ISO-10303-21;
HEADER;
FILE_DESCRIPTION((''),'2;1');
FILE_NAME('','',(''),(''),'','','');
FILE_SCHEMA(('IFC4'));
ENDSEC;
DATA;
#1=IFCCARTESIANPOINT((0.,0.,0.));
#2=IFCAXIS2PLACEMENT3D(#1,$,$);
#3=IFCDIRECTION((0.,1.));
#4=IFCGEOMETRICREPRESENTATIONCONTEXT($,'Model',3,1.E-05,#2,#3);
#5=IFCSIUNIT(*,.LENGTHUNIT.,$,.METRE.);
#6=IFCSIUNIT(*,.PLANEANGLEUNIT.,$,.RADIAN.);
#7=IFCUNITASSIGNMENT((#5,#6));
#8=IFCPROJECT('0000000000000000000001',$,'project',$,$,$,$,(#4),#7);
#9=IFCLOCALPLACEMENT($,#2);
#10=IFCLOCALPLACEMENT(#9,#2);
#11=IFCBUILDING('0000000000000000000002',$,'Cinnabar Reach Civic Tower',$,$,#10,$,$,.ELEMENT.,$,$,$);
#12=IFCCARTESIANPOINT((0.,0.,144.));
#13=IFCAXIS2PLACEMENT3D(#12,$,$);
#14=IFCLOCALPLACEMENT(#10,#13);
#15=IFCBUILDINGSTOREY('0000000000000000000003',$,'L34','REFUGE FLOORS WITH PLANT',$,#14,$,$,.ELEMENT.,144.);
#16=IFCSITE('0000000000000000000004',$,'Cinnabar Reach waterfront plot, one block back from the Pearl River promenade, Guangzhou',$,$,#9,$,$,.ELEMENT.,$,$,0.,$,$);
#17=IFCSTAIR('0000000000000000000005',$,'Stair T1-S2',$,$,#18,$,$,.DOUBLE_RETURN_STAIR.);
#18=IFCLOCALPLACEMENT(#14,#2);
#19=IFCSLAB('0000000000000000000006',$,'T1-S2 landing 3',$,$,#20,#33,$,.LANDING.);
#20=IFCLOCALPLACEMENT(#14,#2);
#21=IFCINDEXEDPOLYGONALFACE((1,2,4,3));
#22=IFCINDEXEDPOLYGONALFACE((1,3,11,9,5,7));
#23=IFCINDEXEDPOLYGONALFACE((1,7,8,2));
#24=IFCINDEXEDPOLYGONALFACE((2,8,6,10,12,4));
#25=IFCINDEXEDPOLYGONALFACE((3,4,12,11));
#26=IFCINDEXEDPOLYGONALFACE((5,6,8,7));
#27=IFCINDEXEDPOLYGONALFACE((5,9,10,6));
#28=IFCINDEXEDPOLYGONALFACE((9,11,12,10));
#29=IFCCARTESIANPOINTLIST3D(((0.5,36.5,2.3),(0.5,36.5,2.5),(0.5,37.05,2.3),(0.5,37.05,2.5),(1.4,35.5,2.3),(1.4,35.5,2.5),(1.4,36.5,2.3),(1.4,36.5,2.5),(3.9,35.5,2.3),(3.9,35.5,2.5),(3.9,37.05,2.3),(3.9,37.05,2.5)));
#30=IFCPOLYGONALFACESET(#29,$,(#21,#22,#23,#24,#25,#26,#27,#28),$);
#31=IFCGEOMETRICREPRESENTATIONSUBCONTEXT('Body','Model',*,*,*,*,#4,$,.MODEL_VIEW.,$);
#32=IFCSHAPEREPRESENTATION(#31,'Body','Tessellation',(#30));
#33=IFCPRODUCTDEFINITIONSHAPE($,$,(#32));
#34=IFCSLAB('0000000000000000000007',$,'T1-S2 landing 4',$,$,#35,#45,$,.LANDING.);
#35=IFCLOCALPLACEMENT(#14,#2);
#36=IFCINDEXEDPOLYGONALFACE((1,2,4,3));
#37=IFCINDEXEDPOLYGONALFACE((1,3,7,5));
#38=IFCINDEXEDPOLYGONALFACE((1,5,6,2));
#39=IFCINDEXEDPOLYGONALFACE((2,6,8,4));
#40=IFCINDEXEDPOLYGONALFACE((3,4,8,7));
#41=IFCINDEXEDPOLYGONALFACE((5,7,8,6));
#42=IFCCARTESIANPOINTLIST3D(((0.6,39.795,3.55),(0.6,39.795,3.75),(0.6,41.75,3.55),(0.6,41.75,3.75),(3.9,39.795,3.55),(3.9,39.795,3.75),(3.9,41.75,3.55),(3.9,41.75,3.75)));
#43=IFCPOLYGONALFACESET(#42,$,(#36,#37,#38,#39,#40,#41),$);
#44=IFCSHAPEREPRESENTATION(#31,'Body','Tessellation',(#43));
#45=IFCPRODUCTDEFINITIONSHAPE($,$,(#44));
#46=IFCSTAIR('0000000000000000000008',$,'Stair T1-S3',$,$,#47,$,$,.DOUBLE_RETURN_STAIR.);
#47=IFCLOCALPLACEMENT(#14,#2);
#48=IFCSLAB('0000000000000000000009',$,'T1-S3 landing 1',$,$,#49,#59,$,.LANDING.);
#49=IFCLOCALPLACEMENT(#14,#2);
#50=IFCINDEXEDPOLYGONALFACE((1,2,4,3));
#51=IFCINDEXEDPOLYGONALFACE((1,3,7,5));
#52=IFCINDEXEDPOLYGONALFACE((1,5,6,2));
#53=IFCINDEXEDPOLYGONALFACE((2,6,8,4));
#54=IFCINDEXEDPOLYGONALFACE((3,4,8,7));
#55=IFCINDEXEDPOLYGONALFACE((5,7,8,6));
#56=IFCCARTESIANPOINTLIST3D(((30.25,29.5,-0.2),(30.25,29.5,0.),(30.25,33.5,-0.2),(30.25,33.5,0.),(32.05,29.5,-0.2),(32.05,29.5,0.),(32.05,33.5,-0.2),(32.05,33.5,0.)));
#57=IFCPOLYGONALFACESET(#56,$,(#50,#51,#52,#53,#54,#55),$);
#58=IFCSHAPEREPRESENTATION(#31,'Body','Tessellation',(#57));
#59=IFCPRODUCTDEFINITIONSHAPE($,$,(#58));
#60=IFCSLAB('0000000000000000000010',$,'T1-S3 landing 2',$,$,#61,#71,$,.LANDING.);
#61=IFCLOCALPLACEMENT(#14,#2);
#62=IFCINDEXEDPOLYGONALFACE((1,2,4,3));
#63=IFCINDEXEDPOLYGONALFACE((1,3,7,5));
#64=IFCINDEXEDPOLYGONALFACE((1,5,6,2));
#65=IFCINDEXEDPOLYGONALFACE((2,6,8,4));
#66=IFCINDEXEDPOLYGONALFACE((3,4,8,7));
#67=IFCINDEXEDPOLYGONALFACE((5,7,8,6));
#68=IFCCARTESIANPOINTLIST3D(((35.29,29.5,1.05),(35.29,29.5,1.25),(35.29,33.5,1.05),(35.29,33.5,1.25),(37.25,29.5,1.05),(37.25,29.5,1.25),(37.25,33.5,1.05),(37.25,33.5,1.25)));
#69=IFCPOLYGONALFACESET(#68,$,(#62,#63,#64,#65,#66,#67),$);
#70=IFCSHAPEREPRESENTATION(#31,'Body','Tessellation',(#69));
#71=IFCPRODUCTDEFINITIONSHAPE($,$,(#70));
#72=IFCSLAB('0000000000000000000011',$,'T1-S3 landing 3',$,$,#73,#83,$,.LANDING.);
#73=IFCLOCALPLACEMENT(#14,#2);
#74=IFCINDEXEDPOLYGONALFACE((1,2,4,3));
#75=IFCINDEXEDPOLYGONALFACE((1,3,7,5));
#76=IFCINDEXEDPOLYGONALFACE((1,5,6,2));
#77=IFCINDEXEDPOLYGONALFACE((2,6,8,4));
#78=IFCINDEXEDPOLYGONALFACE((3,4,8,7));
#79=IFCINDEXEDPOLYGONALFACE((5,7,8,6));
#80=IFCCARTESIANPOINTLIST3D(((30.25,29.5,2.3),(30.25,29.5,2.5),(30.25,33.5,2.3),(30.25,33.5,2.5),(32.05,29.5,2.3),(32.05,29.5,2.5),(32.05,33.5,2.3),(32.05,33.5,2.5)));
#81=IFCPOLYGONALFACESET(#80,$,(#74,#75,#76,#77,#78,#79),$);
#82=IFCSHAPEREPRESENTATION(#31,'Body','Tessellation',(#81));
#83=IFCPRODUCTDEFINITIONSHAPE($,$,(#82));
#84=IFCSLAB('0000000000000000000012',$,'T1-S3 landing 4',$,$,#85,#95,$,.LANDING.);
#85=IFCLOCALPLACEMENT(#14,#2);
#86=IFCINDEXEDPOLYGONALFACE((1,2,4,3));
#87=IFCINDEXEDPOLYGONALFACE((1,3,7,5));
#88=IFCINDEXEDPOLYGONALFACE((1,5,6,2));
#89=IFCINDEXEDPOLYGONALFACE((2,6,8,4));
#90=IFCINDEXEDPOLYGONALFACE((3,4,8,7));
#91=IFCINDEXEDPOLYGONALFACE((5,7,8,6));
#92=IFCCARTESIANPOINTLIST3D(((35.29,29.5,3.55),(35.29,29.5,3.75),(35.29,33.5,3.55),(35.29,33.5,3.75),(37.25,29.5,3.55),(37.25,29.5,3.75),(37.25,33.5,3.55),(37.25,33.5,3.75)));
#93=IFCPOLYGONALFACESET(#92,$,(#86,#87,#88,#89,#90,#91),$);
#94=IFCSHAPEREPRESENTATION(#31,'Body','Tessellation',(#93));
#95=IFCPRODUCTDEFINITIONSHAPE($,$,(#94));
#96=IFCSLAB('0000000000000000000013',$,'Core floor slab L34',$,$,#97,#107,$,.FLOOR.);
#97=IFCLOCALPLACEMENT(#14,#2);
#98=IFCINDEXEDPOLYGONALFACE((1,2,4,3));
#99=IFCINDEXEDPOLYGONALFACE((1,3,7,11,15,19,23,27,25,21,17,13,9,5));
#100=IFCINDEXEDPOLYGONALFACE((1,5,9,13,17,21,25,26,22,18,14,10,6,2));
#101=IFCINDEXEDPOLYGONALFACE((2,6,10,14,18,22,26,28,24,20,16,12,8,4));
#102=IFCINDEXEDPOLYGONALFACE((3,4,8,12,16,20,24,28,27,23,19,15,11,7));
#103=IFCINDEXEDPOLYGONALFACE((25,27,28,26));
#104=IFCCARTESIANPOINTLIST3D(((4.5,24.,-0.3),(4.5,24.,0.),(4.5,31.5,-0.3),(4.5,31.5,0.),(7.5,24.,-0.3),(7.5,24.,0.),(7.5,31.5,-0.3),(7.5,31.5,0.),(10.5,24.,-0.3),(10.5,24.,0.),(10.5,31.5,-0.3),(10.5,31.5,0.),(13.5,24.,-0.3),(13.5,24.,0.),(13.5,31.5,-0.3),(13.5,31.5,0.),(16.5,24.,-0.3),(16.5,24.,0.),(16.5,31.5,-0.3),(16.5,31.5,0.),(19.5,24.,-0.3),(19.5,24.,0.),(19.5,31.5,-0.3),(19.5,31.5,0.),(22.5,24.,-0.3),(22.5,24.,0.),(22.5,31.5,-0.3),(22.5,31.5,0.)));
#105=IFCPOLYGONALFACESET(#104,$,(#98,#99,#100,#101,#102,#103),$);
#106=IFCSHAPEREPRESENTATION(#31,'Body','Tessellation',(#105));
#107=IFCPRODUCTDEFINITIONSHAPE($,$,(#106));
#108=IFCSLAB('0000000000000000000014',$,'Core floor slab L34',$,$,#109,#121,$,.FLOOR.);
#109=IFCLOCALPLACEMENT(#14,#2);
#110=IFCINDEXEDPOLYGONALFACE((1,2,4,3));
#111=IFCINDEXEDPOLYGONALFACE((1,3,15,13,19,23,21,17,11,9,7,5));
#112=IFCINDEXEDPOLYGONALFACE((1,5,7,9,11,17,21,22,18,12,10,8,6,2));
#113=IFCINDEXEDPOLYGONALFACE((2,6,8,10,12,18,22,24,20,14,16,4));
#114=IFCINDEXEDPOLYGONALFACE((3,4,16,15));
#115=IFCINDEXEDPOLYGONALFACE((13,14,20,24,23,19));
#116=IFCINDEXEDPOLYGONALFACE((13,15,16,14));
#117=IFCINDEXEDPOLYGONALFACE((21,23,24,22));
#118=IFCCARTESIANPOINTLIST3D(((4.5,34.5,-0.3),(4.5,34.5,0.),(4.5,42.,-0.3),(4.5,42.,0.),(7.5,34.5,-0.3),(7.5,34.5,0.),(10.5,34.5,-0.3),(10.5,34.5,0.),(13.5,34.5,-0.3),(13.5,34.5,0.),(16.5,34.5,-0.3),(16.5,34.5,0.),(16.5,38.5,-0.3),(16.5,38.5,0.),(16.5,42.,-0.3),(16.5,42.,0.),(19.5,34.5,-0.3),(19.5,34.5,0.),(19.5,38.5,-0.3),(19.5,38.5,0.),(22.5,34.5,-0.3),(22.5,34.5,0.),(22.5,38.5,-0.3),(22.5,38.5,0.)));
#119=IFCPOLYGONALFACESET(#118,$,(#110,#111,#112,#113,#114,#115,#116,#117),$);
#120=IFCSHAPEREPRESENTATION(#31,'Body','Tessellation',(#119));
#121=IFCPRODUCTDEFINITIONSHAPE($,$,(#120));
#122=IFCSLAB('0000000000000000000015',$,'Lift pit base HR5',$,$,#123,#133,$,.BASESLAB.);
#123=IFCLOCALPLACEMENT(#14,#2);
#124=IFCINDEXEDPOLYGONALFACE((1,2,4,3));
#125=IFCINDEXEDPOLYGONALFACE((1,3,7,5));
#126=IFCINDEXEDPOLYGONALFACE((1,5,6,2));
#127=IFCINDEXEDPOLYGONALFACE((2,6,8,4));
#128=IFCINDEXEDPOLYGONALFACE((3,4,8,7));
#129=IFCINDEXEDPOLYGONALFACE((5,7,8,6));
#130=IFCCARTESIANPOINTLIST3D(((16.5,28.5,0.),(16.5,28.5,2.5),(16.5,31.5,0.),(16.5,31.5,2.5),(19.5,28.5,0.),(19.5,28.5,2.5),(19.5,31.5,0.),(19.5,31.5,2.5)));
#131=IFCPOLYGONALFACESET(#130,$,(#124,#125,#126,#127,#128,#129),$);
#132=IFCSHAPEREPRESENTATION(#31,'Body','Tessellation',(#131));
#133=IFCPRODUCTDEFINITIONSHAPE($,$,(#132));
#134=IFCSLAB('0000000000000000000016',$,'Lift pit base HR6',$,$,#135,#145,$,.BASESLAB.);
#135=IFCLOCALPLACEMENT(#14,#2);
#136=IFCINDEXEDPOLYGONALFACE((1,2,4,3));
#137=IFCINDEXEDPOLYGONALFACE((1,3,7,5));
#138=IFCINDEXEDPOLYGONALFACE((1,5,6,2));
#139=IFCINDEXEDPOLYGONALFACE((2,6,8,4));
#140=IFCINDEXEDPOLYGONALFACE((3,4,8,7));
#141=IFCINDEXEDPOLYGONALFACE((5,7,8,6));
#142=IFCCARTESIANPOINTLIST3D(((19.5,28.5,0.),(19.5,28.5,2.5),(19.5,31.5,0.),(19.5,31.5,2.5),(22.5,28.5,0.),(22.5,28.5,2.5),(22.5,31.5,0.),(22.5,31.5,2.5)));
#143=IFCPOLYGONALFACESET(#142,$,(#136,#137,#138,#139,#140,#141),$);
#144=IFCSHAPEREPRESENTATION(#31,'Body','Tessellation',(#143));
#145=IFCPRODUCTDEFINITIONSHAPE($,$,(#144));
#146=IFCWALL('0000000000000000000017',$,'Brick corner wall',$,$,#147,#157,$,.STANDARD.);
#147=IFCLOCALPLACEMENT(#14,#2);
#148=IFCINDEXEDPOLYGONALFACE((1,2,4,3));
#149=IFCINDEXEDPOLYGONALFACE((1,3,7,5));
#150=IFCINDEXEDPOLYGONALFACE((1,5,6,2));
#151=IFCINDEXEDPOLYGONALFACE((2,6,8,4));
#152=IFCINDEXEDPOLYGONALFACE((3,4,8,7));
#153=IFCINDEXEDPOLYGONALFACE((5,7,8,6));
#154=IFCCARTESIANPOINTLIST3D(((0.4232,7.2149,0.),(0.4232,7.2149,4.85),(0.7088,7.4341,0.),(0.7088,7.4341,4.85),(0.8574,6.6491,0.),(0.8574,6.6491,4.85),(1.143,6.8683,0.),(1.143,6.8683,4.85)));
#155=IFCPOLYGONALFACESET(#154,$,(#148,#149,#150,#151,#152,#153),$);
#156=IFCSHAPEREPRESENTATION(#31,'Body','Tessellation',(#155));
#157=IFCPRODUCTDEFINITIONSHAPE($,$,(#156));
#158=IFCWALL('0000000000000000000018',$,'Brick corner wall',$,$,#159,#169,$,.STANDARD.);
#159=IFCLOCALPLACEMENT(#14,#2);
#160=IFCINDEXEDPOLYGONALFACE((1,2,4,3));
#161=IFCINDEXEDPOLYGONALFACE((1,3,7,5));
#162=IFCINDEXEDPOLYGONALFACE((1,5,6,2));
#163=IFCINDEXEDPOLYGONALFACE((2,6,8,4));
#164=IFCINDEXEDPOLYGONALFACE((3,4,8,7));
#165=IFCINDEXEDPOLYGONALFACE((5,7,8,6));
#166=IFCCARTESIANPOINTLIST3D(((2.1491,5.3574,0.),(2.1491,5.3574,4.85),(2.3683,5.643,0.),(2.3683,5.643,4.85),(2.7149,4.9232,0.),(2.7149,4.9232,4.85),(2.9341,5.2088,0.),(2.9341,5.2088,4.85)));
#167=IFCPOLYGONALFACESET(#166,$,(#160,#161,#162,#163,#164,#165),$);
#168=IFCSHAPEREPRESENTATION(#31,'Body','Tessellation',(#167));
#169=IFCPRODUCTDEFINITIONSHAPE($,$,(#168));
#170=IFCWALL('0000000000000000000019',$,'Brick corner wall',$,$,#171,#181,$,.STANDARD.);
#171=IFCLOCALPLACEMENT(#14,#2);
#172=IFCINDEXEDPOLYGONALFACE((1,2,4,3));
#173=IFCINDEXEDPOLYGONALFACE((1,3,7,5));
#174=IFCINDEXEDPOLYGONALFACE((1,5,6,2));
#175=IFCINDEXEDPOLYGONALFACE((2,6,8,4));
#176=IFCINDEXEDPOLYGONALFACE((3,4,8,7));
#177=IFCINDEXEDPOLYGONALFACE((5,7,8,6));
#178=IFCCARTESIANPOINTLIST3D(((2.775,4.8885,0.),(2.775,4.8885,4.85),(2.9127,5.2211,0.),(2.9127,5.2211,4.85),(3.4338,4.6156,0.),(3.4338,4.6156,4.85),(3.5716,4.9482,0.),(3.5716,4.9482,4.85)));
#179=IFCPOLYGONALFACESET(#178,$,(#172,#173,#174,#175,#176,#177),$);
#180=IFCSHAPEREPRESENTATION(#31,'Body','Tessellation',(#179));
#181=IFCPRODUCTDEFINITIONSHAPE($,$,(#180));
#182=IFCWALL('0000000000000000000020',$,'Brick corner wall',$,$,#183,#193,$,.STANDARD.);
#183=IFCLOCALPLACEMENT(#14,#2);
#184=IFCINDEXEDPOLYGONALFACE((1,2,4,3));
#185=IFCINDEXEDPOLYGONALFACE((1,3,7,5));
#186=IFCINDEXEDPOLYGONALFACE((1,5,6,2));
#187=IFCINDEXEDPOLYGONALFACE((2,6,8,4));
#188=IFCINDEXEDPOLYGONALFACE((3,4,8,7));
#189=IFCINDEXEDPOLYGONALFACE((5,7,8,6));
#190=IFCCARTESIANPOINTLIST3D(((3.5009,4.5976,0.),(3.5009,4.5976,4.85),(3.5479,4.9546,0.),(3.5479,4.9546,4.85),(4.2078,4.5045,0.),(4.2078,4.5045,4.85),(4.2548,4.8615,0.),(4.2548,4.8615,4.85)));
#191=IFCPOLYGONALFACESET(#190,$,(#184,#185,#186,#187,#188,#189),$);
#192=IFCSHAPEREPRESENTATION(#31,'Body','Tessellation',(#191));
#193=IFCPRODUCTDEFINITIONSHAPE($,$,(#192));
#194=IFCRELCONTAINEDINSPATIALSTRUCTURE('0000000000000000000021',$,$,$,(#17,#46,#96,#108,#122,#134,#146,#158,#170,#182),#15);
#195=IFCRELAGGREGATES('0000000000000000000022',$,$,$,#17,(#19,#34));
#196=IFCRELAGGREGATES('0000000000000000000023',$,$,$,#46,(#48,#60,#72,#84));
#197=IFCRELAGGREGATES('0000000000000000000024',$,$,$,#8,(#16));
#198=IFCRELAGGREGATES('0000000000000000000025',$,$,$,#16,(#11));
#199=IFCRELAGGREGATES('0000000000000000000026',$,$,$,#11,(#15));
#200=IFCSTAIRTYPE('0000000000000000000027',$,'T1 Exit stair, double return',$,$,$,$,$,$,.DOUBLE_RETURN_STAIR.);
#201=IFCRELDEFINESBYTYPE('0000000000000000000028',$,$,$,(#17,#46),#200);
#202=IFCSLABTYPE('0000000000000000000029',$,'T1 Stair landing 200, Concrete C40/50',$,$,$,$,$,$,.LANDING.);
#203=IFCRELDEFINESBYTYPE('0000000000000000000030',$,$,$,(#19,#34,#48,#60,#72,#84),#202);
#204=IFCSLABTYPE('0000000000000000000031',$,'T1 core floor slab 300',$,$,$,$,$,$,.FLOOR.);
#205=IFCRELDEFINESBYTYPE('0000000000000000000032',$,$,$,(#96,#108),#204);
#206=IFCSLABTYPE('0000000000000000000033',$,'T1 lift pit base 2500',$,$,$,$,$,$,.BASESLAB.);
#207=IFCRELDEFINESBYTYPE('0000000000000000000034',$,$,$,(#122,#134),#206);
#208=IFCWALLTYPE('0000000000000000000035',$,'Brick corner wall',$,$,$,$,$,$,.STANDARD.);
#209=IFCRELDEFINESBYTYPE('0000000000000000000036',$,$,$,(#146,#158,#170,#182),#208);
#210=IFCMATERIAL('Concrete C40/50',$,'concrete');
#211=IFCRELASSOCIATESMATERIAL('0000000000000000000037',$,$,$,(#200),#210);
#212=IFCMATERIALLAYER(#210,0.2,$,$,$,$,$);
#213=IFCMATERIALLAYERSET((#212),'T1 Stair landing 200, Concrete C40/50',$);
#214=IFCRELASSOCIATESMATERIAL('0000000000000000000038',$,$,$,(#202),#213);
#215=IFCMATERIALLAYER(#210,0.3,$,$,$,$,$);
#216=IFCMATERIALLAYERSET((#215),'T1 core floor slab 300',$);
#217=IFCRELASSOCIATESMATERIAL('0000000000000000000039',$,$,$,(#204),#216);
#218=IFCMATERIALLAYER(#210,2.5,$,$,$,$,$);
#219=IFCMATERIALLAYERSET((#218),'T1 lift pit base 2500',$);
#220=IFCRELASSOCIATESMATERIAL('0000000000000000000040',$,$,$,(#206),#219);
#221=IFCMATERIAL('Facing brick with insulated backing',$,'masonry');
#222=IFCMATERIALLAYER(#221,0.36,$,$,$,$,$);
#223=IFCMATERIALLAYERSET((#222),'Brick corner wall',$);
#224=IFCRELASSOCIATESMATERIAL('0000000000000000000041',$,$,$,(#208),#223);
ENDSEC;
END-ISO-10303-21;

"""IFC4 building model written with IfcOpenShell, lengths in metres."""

from ifc_helpers import new_model, si_unit, direction, frame, frame_2d, origin, place, context, subcontext, project, spatial, polyline, rectangle, outline, extrude, material, layer, layer_set, type_object, element, aggregate, save


model = new_model("IFC4")

# Units and contexts
model_context = context("Model", 3, precision=1e-05, world=origin(), true_north=direction((0.0, 1.0)))
body_context = subcontext(model_context, "Body", "Model", "MODEL_VIEW")
ifc_project = project(units=[si_unit("LENGTHUNIT", "METRE"), si_unit("PLANEANGLEUNIT", "RADIAN")], contexts=[model_context])

# Site, building, storey
site_placement = place(None, origin())
site = spatial("IfcSite", under=ifc_project, at=site_placement, Name="Cinnabar Reach waterfront plot, one block back from the Pearl River promenade, Guangzhou", CompositionType="ELEMENT", RefElevation=0.0)
building_placement = place(site_placement, origin())
building = spatial("IfcBuilding", under=site, at=building_placement, Name="Cinnabar Reach Civic Tower", CompositionType="ELEMENT")
storey_placement = place(building_placement, frame((0.0, 0.0, 144.0)))
storey = spatial("IfcBuildingStorey", under=building, at=storey_placement, Name="L34", Description="REFUGE FLOORS WITH PLANT", CompositionType="ELEMENT", Elevation=144.0)

# Stairs, slabs
ifc_material_1 = material(Name="Concrete C40/50", Category="concrete")
stair_type = type_object("IfcStairType", Name="T1 Exit stair, double return", PredefinedType="DOUBLE_RETURN_STAIR", material=ifc_material_1)
ifc_layer_1 = layer(ifc_material_1, 0.2)
ifc_layer_set_1 = layer_set([ifc_layer_1], Name="T1 Stair landing 200, Concrete C40/50")
slab_type_1 = type_object("IfcSlabType", Name="T1 Stair landing 200, Concrete C40/50", PredefinedType="LANDING", material=ifc_layer_set_1)
stair_1_placement = place(storey_placement, origin())
stair_1 = element("IfcStair", 1, at=stair_1_placement, inside=storey, type_object=stair_type, Name="Stair T1-S2", PredefinedType="DOUBLE_RETURN_STAIR")
slab_1_placement = place(storey_placement, frame((0.0, 0.0, 2.3)))
slab_1 = element("IfcSlab", 2, at=slab_1_placement, type_object=slab_type_1, Name="T1-S2 landing 3", PredefinedType="LANDING", context=body_context, shape_type="SweptSolid", body=[
    extrude(outline(polyline([(0.5, 37.05), (3.9, 37.05), (3.9, 35.5), (1.4, 35.5), (1.4, 36.5), (0.5, 36.5), (0.5, 37.05)])), origin(), (0.0, 0.0, 1.0), 0.2),
])
slab_2_placement = place(storey_placement, frame((0.0, 0.0, 3.55)))
slab_2 = element("IfcSlab", 3, at=slab_2_placement, type_object=slab_type_1, Name="T1-S2 landing 4", PredefinedType="LANDING", context=body_context, shape_type="SweptSolid", body=[
    extrude(outline(polyline([(0.6, 39.795), (0.6, 41.75), (3.9, 41.75), (3.9, 39.795), (0.6, 39.795)])), origin(), (0.0, 0.0, 1.0), 0.2),
])
aggregate(stair_1, [slab_1, slab_2])
stair_2_placement = place(storey_placement, origin())
stair_2 = element("IfcStair", 4, at=stair_2_placement, inside=storey, type_object=stair_type, Name="Stair T1-S3", PredefinedType="DOUBLE_RETURN_STAIR")
slab_3_placement = place(storey_placement, frame((0.0, 0.0, -0.2)))
slab_3 = element("IfcSlab", 5, at=slab_3_placement, type_object=slab_type_1, Name="T1-S3 landing 1", PredefinedType="LANDING", context=body_context, shape_type="SweptSolid", body=[
    extrude(outline(polyline([(30.25, 29.5), (32.05, 29.5), (32.05, 33.5), (30.25, 33.5), (30.25, 29.5)])), origin(), (0.0, 0.0, 1.0), 0.2),
])
slab_4_placement = place(storey_placement, frame((0.0, 0.0, 1.05)))
slab_4 = element("IfcSlab", 6, at=slab_4_placement, type_object=slab_type_1, Name="T1-S3 landing 2", PredefinedType="LANDING", context=body_context, shape_type="SweptSolid", body=[
    extrude(outline(polyline([(35.29, 29.5), (37.25, 29.5), (37.25, 33.5), (35.29, 33.5), (35.29, 29.5)])), origin(), (0.0, 0.0, 1.0), 0.2),
])
slab_5_placement = place(storey_placement, frame((0.0, 0.0, 2.3)))
slab_5 = element("IfcSlab", 7, at=slab_5_placement, type_object=slab_type_1, Name="T1-S3 landing 3", PredefinedType="LANDING", context=body_context, shape_type="SweptSolid", body=[
    extrude(outline(polyline([(30.25, 29.5), (32.05, 29.5), (32.05, 33.5), (30.25, 33.5), (30.25, 29.5)])), origin(), (0.0, 0.0, 1.0), 0.2),
])
slab_6_placement = place(storey_placement, frame((0.0, 0.0, 3.55)))
slab_6 = element("IfcSlab", 8, at=slab_6_placement, type_object=slab_type_1, Name="T1-S3 landing 4", PredefinedType="LANDING", context=body_context, shape_type="SweptSolid", body=[
    extrude(outline(polyline([(35.29, 29.5), (37.25, 29.5), (37.25, 33.5), (35.29, 33.5), (35.29, 29.5)])), origin(), (0.0, 0.0, 1.0), 0.2),
])
aggregate(stair_2, [slab_3, slab_4, slab_5, slab_6])

# Slabs
ifc_layer_2 = layer(ifc_material_1, 0.3)
ifc_layer_set_2 = layer_set([ifc_layer_2], Name="T1 core floor slab 300")
slab_type_2 = type_object("IfcSlabType", Name="T1 core floor slab 300", PredefinedType="FLOOR", material=ifc_layer_set_2)
slab_7_placement = place(storey_placement, frame((0.0, 0.0, -0.3)))
element("IfcSlab", 9, at=slab_7_placement, inside=storey, type_object=slab_type_2, Name="Core floor slab L34", PredefinedType="FLOOR", context=body_context, shape_type="SweptSolid", body=[
    extrude(outline(polyline([(22.5, 24.0), (19.5, 24.0), (16.5, 24.0), (13.5, 24.0), (10.5, 24.0), (7.5, 24.0), (4.5, 24.0), (4.5, 31.5), (7.5, 31.5), (10.5, 31.5), (13.5, 31.5), (16.5, 31.5), (19.5, 31.5), (22.5, 31.5), (22.5, 24.0)])), origin(), (0.0, 0.0, 1.0), 0.3),
])
slab_8_placement = place(storey_placement, frame((0.0, 0.0, -0.3)))
element("IfcSlab", 10, at=slab_8_placement, inside=storey, type_object=slab_type_2, Name="Core floor slab L34", PredefinedType="FLOOR", context=body_context, shape_type="SweptSolid", body=[
    extrude(outline(polyline([(22.5, 34.5), (19.5, 34.5), (16.5, 34.5), (13.5, 34.5), (10.5, 34.5), (7.5, 34.5), (4.5, 34.5), (4.5, 42.0), (16.5, 42.0), (16.5, 38.5), (19.5, 38.5), (22.5, 38.5), (22.5, 34.5)])), origin(), (0.0, 0.0, 1.0), 0.3),
])
ifc_layer_3 = layer(ifc_material_1, 2.5)
ifc_layer_set_3 = layer_set([ifc_layer_3], Name="T1 lift pit base 2500")
slab_type_3 = type_object("IfcSlabType", Name="T1 lift pit base 2500", PredefinedType="BASESLAB", material=ifc_layer_set_3)
slab_9_placement = place(storey_placement, origin())
element("IfcSlab", 11, at=slab_9_placement, inside=storey, type_object=slab_type_3, Name="Lift pit base HR5", PredefinedType="BASESLAB", context=body_context, shape_type="SweptSolid", body=[
    extrude(outline(polyline([(16.5, 28.5), (16.5, 31.5), (19.5, 31.5), (19.5, 28.5), (16.5, 28.5)])), origin(), (0.0, 0.0, 1.0), 2.5),
])
slab_10_placement = place(storey_placement, origin())
element("IfcSlab", 12, at=slab_10_placement, inside=storey, type_object=slab_type_3, Name="Lift pit base HR6", PredefinedType="BASESLAB", context=body_context, shape_type="SweptSolid", body=[
    extrude(outline(polyline([(22.5, 28.5), (19.5, 28.5), (19.5, 31.5), (22.5, 31.5), (22.5, 28.5)])), origin(), (0.0, 0.0, 1.0), 2.5),
])

# Walls
ifc_material_2 = material(Name="Facing brick with insulated backing", Category="masonry")
ifc_layer_4 = layer(ifc_material_2, 0.36)
ifc_layer_set_4 = layer_set([ifc_layer_4], Name="Brick corner wall")
wall_type_1 = type_object("IfcWallType", Name="Brick corner wall", PredefinedType="STANDARD", material=ifc_layer_set_4)
for number, where, z_axis, x_axis, name in (
    (13, (0.566, 7.3245, 0.0), (0.0, 0.0, 1.0), (0.608802, -0.793322, 0.0), "Brick corner wall"),
    (14, (2.2587, 5.5002, 0.0), (0.0, 0.0, 1.0), (0.793322, -0.608802, 0.0), "Brick corner wall"),
):
    element("IfcWall", number, at=place(storey_placement, frame(where, z_axis=z_axis, x_axis=x_axis)), inside=storey, type_object=wall_type_1, Name=name, PredefinedType="STANDARD", context=body_context, shape_type="SweptSolid", body=[
        extrude(rectangle(XDim=0.7132, YDim=0.36, at=frame_2d((0.3566, 0.0))), origin(), (0.0, 0.0, 1.0), 4.85),
    ])
for number, where, z_axis, x_axis, name in (
    (15, (2.8439, 5.0548, 0.0), (0.0, 0.0, 1.0), (0.923872, -0.382703, 0.0), "Brick corner wall"),
    (16, (3.5244, 4.7761, 0.0), (0.0, 0.0, 1.0), (0.991441, -0.130556, 0.0), "Brick corner wall"),
):
    element("IfcWall", number, at=place(storey_placement, frame(where, z_axis=z_axis, x_axis=x_axis)), inside=storey, type_object=wall_type_1, Name=name, PredefinedType="STANDARD", context=body_context, shape_type="SweptSolid", body=[
        extrude(rectangle(XDim=0.7131, YDim=0.36, at=frame_2d((0.3565, 0.0))), origin(), (0.0, 0.0, 1.0), 4.85),
    ])

save(model, "model.ifc")
